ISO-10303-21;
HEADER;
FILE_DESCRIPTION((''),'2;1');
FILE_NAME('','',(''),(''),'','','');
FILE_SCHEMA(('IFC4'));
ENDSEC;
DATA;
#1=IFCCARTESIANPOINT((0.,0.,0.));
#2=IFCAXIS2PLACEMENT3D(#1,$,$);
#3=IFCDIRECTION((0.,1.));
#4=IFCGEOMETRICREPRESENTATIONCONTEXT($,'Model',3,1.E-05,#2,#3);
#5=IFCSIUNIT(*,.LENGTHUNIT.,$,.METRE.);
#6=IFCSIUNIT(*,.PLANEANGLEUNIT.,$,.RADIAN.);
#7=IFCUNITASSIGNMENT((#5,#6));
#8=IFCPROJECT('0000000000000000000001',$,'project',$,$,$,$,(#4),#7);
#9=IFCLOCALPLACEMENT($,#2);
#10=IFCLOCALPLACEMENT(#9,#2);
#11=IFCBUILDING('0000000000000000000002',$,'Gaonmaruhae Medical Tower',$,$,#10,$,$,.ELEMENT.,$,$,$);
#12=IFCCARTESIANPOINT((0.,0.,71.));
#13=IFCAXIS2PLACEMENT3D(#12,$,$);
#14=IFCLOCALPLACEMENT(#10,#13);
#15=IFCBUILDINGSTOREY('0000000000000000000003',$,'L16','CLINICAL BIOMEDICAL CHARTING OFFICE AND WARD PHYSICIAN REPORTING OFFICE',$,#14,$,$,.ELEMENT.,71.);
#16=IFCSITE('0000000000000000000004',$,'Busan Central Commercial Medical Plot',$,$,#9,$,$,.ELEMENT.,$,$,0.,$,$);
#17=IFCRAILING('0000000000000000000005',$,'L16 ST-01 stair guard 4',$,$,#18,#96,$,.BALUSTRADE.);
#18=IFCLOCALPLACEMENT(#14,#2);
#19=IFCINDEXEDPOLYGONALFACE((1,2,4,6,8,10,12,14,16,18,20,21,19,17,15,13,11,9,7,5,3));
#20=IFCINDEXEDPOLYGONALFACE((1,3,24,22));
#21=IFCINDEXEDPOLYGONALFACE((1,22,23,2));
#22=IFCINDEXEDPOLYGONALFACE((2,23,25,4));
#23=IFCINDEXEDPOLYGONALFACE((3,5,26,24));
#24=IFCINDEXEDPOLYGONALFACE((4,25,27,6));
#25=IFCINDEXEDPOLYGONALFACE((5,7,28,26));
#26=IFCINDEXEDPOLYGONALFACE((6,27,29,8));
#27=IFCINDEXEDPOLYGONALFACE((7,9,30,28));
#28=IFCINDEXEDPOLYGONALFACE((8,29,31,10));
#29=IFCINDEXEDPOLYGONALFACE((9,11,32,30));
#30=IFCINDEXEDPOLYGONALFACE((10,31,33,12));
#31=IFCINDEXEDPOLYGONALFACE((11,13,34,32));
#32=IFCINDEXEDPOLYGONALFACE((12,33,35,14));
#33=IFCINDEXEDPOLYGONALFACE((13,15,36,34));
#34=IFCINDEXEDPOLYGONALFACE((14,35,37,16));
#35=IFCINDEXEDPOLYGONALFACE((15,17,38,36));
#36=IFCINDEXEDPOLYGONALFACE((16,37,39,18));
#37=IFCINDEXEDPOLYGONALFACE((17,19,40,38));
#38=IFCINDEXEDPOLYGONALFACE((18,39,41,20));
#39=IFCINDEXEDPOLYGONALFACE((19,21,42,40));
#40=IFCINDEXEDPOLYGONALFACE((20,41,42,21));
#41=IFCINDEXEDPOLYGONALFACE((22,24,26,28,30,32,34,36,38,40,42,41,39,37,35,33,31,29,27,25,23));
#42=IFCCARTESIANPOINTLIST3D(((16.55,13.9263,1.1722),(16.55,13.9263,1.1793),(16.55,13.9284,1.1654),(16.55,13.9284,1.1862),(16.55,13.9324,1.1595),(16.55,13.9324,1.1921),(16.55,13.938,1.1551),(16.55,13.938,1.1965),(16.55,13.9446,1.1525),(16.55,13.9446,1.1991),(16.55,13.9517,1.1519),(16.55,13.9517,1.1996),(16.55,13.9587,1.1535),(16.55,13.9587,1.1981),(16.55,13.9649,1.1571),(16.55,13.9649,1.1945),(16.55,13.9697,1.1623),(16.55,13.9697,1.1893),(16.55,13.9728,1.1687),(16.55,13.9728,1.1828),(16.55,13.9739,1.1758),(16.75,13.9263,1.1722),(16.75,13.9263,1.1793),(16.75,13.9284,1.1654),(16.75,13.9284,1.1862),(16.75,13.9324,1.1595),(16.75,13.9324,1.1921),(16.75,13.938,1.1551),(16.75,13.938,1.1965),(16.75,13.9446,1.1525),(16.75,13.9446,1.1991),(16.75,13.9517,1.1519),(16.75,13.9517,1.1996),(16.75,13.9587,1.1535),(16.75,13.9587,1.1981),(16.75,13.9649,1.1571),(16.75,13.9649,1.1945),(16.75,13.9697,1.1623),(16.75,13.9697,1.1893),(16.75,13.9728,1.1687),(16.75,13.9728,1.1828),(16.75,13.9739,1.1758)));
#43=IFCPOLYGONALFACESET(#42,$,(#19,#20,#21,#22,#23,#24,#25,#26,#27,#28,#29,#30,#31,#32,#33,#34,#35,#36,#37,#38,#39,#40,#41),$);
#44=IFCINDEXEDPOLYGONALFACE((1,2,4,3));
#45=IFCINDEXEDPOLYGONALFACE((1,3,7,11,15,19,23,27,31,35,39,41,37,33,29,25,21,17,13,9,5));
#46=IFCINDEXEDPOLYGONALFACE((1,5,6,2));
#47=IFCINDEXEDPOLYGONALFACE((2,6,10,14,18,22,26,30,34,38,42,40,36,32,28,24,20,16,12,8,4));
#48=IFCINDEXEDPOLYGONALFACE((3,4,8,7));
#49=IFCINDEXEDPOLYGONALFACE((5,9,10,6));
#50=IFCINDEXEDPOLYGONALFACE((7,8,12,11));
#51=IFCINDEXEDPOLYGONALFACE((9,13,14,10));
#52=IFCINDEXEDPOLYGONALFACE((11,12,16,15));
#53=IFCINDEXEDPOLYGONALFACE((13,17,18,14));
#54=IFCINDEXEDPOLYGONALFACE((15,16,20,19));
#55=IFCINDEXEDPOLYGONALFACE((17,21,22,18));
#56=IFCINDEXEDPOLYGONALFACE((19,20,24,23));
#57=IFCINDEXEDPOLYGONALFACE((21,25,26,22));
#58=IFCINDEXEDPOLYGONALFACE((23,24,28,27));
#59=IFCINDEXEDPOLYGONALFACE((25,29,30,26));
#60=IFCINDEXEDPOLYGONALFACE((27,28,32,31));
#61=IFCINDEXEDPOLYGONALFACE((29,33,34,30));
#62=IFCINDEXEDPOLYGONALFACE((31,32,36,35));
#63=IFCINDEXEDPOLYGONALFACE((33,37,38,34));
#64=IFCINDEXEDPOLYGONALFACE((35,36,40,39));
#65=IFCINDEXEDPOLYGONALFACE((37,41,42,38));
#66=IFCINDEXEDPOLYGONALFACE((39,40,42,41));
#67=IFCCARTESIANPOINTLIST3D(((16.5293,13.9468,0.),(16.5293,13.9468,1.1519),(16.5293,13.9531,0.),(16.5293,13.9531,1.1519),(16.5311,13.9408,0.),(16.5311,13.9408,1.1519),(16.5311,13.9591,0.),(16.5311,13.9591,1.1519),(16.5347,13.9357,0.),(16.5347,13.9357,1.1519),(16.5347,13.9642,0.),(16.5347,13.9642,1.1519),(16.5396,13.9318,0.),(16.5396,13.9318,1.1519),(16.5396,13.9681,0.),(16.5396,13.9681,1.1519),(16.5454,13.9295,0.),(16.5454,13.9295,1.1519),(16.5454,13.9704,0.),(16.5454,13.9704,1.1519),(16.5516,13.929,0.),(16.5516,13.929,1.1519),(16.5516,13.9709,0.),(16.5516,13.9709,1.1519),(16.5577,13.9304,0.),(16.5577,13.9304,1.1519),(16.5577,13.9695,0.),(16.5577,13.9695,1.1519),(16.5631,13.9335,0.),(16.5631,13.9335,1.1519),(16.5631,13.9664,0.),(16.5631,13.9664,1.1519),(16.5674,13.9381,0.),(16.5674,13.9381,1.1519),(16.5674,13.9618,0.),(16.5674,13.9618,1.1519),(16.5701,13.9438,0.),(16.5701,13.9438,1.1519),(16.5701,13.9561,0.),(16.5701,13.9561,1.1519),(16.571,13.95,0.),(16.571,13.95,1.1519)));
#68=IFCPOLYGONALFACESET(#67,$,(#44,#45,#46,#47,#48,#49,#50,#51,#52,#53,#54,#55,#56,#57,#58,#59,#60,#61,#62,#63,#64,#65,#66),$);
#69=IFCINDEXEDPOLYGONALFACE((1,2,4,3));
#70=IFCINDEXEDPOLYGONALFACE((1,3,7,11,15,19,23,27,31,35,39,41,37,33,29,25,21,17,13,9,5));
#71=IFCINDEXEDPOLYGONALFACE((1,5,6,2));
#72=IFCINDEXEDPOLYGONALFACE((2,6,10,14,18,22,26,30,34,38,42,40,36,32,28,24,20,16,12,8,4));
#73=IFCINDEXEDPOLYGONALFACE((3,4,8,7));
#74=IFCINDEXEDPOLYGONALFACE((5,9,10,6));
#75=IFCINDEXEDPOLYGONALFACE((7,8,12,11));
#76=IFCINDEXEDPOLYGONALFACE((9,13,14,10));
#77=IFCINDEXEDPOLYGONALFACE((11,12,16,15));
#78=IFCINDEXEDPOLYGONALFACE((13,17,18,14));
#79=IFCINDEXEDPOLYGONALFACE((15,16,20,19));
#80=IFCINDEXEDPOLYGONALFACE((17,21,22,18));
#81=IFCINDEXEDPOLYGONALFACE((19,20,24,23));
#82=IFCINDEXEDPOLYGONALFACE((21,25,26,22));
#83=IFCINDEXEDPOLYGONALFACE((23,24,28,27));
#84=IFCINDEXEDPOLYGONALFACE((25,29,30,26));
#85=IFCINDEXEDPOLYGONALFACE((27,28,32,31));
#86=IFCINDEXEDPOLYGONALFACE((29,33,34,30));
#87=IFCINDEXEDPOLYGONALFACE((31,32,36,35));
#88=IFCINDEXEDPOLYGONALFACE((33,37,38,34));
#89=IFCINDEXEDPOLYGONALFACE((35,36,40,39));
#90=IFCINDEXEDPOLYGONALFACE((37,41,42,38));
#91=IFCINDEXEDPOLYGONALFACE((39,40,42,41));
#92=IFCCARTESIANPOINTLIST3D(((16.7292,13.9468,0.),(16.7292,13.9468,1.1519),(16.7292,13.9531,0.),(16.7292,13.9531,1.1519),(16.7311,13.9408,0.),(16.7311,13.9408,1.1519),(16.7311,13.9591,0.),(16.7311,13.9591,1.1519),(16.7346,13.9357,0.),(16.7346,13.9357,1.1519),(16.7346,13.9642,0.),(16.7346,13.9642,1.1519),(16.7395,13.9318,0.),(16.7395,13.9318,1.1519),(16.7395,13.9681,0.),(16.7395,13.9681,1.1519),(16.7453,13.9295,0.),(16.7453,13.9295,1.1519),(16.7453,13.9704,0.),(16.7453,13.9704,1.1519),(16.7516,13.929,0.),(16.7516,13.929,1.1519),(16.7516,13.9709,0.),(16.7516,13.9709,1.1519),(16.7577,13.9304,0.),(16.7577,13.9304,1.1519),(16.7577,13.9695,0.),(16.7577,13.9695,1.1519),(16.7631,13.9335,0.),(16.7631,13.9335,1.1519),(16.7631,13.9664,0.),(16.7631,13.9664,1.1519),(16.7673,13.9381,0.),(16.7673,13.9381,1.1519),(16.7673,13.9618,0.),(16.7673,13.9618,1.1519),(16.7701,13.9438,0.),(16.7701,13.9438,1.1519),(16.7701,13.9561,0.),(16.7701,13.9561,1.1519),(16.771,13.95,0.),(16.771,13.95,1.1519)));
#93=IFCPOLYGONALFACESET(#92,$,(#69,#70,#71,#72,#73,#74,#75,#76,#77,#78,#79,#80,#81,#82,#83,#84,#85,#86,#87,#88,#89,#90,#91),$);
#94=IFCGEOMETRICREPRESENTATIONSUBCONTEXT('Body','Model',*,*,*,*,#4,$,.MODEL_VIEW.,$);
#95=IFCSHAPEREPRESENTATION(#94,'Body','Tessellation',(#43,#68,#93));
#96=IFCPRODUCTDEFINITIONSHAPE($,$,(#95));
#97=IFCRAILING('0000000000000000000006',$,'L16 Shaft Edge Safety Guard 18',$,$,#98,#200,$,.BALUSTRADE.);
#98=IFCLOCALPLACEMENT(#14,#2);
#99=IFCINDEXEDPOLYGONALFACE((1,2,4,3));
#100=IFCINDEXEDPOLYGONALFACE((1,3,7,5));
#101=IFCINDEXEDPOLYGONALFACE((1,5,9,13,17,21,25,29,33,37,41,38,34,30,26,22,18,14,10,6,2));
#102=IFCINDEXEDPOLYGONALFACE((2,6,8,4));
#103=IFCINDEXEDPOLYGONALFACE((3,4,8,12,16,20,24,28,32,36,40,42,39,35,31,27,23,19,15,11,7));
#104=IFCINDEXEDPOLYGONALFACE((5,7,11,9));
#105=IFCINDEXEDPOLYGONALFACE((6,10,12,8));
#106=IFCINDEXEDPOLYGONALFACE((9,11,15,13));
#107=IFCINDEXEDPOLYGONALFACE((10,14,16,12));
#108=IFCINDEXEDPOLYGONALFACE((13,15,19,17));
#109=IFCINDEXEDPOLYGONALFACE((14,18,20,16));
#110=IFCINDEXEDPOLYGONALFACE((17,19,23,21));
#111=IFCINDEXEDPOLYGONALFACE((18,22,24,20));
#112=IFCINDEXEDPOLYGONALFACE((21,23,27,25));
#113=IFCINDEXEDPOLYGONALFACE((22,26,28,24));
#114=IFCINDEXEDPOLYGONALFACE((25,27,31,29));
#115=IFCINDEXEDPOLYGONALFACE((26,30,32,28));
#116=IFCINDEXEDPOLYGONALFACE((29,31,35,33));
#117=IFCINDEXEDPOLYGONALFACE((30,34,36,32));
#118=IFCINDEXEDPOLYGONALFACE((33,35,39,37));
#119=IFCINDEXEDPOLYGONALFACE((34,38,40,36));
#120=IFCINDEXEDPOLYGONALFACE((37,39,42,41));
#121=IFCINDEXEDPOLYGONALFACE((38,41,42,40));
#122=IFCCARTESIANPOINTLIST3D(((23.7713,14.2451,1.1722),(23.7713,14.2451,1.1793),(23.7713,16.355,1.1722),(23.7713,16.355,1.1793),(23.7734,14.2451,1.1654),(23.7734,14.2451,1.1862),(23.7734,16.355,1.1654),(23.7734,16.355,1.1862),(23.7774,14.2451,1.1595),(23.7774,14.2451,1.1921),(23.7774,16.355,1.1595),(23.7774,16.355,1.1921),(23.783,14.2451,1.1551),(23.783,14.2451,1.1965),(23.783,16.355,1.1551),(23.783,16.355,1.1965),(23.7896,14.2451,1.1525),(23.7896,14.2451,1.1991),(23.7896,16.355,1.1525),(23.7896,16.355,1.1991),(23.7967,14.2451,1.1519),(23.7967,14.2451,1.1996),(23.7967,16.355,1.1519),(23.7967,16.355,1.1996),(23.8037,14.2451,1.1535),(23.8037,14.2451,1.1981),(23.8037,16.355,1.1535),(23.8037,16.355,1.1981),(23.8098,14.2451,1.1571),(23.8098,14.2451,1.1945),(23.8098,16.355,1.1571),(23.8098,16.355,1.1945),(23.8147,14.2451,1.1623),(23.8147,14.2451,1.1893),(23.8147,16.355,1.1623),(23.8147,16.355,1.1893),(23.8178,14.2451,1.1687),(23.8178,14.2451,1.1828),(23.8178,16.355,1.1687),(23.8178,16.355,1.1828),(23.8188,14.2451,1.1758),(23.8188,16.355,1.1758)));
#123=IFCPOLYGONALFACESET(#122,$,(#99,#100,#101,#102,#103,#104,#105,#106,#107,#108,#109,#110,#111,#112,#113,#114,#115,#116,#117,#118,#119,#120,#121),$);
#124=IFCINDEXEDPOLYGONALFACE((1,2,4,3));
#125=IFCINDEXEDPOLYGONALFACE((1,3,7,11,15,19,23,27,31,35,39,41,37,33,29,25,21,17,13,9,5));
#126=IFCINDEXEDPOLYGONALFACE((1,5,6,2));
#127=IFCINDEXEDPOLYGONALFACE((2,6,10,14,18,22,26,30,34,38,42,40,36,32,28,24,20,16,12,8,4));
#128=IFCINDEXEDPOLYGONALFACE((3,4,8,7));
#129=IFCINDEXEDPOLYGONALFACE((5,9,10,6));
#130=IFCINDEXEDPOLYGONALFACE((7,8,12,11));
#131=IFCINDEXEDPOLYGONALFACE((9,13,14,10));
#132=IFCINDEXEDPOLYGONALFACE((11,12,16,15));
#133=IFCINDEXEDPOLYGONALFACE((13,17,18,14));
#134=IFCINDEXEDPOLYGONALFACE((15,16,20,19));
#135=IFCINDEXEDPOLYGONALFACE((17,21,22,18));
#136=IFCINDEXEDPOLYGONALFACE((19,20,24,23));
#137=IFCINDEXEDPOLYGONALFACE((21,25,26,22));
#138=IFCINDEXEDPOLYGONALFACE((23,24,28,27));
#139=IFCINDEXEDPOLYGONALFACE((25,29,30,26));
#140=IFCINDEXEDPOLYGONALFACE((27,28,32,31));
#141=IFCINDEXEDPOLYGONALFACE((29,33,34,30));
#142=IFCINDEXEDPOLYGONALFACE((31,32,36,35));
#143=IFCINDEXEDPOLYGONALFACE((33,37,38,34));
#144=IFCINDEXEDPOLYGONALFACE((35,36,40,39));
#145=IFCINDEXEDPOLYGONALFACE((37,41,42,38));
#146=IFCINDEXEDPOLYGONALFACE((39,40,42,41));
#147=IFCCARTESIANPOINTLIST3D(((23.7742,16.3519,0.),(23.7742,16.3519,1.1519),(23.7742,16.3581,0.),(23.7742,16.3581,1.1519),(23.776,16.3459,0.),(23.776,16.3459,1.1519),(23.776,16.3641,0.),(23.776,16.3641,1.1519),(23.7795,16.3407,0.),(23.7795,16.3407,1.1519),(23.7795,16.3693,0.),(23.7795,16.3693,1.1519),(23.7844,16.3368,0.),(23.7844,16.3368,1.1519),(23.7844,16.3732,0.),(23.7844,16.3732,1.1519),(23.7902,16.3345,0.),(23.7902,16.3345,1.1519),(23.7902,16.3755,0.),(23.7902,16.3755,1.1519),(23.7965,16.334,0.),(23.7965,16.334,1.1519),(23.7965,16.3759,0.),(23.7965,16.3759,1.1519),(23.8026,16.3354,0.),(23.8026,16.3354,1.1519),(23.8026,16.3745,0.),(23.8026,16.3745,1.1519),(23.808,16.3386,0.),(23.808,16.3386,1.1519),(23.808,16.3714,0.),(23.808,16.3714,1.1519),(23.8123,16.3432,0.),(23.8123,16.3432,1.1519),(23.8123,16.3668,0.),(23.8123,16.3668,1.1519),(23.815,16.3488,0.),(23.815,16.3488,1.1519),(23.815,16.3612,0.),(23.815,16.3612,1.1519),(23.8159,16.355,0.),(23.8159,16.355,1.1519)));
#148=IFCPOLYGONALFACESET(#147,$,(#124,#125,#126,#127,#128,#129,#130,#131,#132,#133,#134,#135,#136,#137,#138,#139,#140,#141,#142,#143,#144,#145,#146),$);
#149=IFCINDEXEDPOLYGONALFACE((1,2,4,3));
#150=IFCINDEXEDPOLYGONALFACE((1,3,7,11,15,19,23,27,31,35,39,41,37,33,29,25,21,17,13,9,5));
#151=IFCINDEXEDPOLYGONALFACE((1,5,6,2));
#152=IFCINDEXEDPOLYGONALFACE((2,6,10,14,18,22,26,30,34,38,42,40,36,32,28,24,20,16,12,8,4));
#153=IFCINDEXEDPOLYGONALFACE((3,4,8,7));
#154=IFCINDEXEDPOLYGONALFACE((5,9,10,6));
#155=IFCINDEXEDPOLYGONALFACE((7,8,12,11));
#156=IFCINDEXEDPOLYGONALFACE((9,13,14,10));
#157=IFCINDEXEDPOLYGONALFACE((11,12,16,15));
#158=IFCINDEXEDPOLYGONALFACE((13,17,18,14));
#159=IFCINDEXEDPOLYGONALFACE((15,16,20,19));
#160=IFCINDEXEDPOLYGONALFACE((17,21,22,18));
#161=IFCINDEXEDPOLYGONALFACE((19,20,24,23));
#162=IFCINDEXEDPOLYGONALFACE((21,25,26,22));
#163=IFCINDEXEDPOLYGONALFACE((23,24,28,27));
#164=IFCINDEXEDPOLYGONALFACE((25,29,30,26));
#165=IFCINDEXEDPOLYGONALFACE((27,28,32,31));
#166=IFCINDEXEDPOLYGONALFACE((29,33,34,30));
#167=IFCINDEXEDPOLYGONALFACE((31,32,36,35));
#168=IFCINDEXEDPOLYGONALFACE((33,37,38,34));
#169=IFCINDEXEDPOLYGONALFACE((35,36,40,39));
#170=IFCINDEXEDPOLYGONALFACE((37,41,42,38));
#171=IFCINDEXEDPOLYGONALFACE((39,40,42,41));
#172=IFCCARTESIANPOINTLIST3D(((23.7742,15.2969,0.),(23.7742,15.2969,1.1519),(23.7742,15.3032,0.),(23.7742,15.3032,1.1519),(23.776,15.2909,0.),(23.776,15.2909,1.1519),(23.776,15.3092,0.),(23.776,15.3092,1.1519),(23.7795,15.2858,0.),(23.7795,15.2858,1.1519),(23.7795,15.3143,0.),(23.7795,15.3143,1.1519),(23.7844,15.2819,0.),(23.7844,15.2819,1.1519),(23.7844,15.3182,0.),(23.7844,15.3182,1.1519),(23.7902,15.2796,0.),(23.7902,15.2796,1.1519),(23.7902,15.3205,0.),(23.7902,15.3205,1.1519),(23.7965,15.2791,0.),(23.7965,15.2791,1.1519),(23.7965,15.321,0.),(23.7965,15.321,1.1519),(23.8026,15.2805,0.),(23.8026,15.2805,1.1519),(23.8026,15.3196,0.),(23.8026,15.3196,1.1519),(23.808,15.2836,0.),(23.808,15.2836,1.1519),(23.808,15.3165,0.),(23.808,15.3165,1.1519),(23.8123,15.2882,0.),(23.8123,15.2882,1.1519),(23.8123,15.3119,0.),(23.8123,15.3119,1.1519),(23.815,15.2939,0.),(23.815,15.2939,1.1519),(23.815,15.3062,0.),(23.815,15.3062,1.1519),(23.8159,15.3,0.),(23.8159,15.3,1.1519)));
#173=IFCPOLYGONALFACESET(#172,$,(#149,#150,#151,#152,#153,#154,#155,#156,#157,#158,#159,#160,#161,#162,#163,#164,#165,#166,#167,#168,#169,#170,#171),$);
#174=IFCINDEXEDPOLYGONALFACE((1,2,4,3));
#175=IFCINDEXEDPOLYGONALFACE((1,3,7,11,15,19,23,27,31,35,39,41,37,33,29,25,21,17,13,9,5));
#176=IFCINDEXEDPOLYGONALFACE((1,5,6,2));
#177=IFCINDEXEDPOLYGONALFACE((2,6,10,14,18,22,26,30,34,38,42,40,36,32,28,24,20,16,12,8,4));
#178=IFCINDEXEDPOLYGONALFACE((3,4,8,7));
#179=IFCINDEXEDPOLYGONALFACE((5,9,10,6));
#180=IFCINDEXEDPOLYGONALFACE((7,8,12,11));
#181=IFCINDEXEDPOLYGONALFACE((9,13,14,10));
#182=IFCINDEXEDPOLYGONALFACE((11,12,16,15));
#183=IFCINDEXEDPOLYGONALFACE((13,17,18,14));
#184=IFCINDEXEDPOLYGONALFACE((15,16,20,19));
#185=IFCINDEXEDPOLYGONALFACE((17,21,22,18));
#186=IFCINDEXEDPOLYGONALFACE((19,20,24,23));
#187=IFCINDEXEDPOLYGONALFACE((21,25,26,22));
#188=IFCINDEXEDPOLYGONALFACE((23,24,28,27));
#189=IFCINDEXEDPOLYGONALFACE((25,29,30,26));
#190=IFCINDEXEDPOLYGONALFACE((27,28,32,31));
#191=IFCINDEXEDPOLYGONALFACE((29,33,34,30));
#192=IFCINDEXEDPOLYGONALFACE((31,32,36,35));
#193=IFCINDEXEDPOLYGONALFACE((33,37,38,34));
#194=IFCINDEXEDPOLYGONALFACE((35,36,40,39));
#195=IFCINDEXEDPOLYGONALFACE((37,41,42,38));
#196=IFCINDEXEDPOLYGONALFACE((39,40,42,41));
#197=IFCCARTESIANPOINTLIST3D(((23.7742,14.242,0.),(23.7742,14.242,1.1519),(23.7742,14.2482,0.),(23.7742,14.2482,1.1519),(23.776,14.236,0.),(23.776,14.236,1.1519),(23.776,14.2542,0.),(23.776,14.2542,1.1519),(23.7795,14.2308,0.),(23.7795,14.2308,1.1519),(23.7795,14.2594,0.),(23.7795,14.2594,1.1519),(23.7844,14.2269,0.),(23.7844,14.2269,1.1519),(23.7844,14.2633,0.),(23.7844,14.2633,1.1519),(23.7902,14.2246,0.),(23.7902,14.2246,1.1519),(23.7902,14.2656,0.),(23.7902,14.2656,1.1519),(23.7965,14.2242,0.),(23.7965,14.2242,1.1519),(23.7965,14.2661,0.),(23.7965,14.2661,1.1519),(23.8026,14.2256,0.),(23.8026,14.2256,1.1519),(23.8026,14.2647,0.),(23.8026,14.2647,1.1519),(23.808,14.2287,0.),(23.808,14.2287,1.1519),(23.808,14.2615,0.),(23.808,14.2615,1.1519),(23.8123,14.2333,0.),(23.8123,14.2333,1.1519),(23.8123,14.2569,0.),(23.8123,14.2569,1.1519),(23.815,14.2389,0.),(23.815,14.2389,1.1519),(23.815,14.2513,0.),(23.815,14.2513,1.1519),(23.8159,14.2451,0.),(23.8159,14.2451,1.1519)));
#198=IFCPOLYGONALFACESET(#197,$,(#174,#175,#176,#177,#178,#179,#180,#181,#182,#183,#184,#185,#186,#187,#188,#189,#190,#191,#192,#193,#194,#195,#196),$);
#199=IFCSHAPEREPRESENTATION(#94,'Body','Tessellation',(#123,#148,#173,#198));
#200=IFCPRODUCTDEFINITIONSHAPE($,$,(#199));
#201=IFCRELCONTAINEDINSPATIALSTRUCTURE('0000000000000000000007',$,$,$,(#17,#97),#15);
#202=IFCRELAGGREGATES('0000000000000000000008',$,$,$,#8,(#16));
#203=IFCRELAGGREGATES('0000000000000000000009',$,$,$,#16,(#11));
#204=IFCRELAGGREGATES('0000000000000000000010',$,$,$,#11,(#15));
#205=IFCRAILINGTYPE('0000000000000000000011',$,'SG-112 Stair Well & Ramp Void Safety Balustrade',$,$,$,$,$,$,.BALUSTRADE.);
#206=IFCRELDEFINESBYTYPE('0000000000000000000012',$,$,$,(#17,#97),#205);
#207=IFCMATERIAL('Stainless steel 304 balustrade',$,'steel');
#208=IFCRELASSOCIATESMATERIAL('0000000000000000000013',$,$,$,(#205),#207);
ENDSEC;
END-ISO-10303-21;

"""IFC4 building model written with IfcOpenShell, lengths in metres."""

from ifc_helpers import new_model, si_unit, direction, frame, origin, origin_2d, place, context, subcontext, project, spatial, circle, extrude, material, type_object, element, save


model = new_model("IFC4")

# Units and contexts
model_context = context("Model", 3, precision=1e-05, world=origin(), true_north=direction((0.0, 1.0)))
body_context = subcontext(model_context, "Body", "Model", "MODEL_VIEW")
ifc_project = project(units=[si_unit("LENGTHUNIT", "METRE"), si_unit("PLANEANGLEUNIT", "RADIAN")], contexts=[model_context])

# Site, building, storey
site_placement = place(None, origin())
site = spatial("IfcSite", under=ifc_project, at=site_placement, Name="Busan Central Commercial Medical Plot", CompositionType="ELEMENT", RefElevation=0.0)
building_placement = place(site_placement, origin())
building = spatial("IfcBuilding", under=site, at=building_placement, Name="Gaonmaruhae Medical Tower", CompositionType="ELEMENT")
storey_placement = place(building_placement, frame((0.0, 0.0, 71.0)))
storey = spatial("IfcBuildingStorey", under=building, at=storey_placement, Name="L16", Description="CLINICAL BIOMEDICAL CHARTING OFFICE AND WARD PHYSICIAN REPORTING OFFICE", CompositionType="ELEMENT", Elevation=71.0)

# Railings
ifc_material_1 = material(Name="Stainless steel 304 balustrade", Category="steel")
railing_type_1 = type_object("IfcRailingType", Name="SG-112 Stair Well & Ramp Void Safety Balustrade", PredefinedType="BALUSTRADE", material=ifc_material_1)
railing_1_placement = place(storey_placement, frame((16.55, 13.95, 0.0)))
element("IfcRailing", 1, at=railing_1_placement, inside=storey, type_object=railing_type_1, Name="L16 ST-01 stair guard 4", PredefinedType="BALUSTRADE", context=body_context, shape_type="SweptSolid", body=[
    extrude(circle(Radius=0.0239, at=origin_2d()), frame((0.0, 0.0, 1.1758), z_axis=(1.0, 0.0, 0.0), x_axis=(0.0, 1.0, 0.0)), (0.0, 0.0, 1.0), 0.2),
    extrude(circle(Radius=0.021, at=origin_2d()), origin(), (0.0, 0.0, 1.0), 1.1519),
    extrude(circle(Radius=0.021, at=origin_2d()), frame((0.2, 0.0, 0.0)), (0.0, 0.0, 1.0), 1.1519),
])
railing_2_placement = place(storey_placement, frame((23.7949, 16.355, 0.0)))
element("IfcRailing", 2, at=railing_2_placement, inside=storey, type_object=railing_type_1, Name="L16 Shaft Edge Safety Guard 18", PredefinedType="BALUSTRADE", context=body_context, shape_type="SweptSolid", body=[
    extrude(circle(Radius=0.0239, at=origin_2d()), frame((0.0, 0.0, 1.1758), z_axis=(0.0, -1.0, 0.0), x_axis=(1.0, 0.0, 0.0)), (0.0, 0.0, 1.0), 2.1099),
    extrude(circle(Radius=0.021, at=origin_2d()), origin(), (0.0, 0.0, 1.0), 1.1519),
    extrude(circle(Radius=0.021, at=origin_2d()), frame((0.0, -1.0549, 0.0)), (0.0, 0.0, 1.0), 1.1519),
    extrude(circle(Radius=0.021, at=origin_2d()), frame((0.0, -2.1099, 0.0)), (0.0, 0.0, 1.0), 1.1519),
])

save(model, "model.ifc")
